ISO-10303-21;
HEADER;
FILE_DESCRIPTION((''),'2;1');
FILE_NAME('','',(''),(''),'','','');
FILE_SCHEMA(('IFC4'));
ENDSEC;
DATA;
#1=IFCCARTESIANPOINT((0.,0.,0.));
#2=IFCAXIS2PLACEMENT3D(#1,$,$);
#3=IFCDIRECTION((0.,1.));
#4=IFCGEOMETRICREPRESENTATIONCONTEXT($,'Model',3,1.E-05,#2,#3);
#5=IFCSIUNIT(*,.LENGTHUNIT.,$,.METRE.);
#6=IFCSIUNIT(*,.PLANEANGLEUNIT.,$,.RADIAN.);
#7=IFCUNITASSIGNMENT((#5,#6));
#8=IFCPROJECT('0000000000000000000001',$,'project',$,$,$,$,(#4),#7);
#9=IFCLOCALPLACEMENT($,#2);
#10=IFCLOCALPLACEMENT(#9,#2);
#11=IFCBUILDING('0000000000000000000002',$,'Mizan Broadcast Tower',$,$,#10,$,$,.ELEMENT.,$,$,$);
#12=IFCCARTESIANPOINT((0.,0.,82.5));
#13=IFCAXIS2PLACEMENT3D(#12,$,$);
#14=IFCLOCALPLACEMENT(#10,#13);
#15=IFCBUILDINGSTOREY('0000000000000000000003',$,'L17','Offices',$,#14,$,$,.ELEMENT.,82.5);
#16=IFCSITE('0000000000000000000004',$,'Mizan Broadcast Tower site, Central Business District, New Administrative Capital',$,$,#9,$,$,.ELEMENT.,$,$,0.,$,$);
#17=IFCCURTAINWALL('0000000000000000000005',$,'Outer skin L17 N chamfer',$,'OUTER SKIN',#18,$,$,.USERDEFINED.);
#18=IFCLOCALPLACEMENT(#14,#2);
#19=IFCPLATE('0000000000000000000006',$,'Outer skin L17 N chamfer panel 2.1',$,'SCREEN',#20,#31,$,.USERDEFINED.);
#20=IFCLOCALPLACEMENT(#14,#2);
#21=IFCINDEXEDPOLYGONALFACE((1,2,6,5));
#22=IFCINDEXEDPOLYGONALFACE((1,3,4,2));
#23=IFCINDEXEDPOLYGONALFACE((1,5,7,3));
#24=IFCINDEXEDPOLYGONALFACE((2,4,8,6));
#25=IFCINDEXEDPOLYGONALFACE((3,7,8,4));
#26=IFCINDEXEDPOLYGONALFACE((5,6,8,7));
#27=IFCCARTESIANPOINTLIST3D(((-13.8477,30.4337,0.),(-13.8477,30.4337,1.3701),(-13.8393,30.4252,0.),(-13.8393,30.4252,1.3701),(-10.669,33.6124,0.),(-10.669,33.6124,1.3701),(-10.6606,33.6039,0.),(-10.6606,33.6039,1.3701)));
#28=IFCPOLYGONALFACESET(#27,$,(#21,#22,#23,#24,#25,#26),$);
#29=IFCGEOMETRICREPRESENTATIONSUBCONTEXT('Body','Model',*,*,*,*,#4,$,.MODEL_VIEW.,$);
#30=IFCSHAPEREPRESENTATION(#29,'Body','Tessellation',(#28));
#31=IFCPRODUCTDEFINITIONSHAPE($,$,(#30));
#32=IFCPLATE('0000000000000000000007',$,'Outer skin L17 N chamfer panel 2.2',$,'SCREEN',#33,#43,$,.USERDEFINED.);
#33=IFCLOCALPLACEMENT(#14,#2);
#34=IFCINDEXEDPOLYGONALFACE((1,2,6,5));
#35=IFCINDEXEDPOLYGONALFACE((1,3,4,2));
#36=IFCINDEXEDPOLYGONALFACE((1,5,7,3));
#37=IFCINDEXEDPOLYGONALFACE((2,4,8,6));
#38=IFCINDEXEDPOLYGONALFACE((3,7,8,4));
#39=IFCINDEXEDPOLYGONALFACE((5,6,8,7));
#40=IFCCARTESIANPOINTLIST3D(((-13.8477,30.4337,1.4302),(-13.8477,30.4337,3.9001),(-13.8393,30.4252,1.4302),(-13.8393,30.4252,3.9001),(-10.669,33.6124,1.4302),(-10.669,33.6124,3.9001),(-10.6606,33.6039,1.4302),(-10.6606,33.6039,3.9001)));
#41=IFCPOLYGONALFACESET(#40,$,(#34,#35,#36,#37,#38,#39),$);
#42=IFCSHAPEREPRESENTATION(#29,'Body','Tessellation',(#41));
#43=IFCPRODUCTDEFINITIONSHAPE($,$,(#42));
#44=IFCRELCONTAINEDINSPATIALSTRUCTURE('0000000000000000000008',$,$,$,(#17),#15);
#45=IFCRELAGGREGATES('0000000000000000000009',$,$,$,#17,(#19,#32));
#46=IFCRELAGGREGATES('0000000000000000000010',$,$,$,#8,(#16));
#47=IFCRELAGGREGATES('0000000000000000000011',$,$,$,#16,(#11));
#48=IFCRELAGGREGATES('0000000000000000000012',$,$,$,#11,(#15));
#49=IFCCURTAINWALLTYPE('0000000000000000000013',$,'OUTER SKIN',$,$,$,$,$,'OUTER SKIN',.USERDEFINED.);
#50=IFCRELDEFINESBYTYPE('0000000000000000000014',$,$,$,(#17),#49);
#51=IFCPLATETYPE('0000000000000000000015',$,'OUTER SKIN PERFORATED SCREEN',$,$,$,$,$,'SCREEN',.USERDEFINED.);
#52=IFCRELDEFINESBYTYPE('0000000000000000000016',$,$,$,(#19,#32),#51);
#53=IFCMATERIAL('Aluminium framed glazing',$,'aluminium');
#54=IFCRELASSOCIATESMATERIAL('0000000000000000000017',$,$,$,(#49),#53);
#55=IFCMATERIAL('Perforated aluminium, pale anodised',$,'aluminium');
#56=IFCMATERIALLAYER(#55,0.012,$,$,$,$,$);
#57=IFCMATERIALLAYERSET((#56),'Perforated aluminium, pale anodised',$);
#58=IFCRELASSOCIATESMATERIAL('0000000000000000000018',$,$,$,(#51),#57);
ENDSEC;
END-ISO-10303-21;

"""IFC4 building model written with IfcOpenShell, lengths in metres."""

from ifc_helpers import new_model, si_unit, direction, frame, origin, origin_2d, place, context, subcontext, project, spatial, rectangle, extrude, material, layer, layer_set, type_object, element, aggregate, save


model = new_model("IFC4")

# Units and contexts
model_context = context("Model", 3, precision=1e-05, world=origin(), true_north=direction((0.0, 1.0)))
body_context = subcontext(model_context, "Body", "Model", "MODEL_VIEW")
ifc_project = project(units=[si_unit("LENGTHUNIT", "METRE"), si_unit("PLANEANGLEUNIT", "RADIAN")], contexts=[model_context])

# Site, building, storey
site_placement = place(None, origin())
site = spatial("IfcSite", under=ifc_project, at=site_placement, Name="Mizan Broadcast Tower site, Central Business District, New Administrative Capital", CompositionType="ELEMENT", RefElevation=0.0)
building_placement = place(site_placement, origin())
building = spatial("IfcBuilding", under=site, at=building_placement, Name="Mizan Broadcast Tower", CompositionType="ELEMENT")
storey_placement = place(building_placement, frame((0.0, 0.0, 82.5)))
storey = spatial("IfcBuildingStorey", under=building, at=storey_placement, Name="L17", Description="Offices", CompositionType="ELEMENT", Elevation=82.5)

# Curtain wall
ifc_material_1 = material(Name="Aluminium framed glazing", Category="aluminium")
curtain_wall_type_1 = type_object("IfcCurtainWallType", Name="OUTER SKIN", ElementType="OUTER SKIN", PredefinedType="USERDEFINED", material=ifc_material_1)
curtain_wall_1_placement = place(storey_placement, origin())
curtain_wall_1 = element("IfcCurtainWall", 1, at=curtain_wall_1_placement, inside=storey, type_object=curtain_wall_type_1, Name="Outer skin L17 N chamfer", ObjectType="OUTER SKIN", PredefinedType="USERDEFINED")

# Plates
ifc_material_2 = material(Name="Perforated aluminium, pale anodised", Category="aluminium")
ifc_layer_1 = layer(ifc_material_2, 0.012)
ifc_layer_set_1 = layer_set([ifc_layer_1], Name="Perforated aluminium, pale anodised")
plate_type_1 = type_object("IfcPlateType", Name="OUTER SKIN PERFORATED SCREEN", ElementType="SCREEN", PredefinedType="USERDEFINED", material=ifc_layer_set_1)
plate_1_placement = place(storey_placement, frame((-12.2542, 32.0188, 0.0), z_axis=(0.0, 0.0, 1.0), x_axis=(-0.707107, -0.707107, 0.0)))
plate_1 = element("IfcPlate", 2, at=plate_1_placement, type_object=plate_type_1, Name="Outer skin L17 N chamfer panel 2.1", ObjectType="SCREEN", PredefinedType="USERDEFINED", context=body_context, shape_type="SweptSolid", body=[
    extrude(rectangle(XDim=4.4954, YDim=0.012, at=origin_2d()), origin(), (0.0, 0.0, 1.0), 1.3701),
])
plate_2_placement = place(storey_placement, frame((-12.2542, 32.0188, 1.4302), z_axis=(0.0, 0.0, 1.0), x_axis=(-0.707107, -0.707107, 0.0)))
plate_2 = element("IfcPlate", 3, at=plate_2_placement, type_object=plate_type_1, Name="Outer skin L17 N chamfer panel 2.2", ObjectType="SCREEN", PredefinedType="USERDEFINED", context=body_context, shape_type="SweptSolid", body=[
    extrude(rectangle(XDim=4.4954, YDim=0.012, at=origin_2d()), origin(), (0.0, 0.0, 1.0), 2.47),
])
aggregate(curtain_wall_1, [plate_1, plate_2])

save(model, "model.ifc")
